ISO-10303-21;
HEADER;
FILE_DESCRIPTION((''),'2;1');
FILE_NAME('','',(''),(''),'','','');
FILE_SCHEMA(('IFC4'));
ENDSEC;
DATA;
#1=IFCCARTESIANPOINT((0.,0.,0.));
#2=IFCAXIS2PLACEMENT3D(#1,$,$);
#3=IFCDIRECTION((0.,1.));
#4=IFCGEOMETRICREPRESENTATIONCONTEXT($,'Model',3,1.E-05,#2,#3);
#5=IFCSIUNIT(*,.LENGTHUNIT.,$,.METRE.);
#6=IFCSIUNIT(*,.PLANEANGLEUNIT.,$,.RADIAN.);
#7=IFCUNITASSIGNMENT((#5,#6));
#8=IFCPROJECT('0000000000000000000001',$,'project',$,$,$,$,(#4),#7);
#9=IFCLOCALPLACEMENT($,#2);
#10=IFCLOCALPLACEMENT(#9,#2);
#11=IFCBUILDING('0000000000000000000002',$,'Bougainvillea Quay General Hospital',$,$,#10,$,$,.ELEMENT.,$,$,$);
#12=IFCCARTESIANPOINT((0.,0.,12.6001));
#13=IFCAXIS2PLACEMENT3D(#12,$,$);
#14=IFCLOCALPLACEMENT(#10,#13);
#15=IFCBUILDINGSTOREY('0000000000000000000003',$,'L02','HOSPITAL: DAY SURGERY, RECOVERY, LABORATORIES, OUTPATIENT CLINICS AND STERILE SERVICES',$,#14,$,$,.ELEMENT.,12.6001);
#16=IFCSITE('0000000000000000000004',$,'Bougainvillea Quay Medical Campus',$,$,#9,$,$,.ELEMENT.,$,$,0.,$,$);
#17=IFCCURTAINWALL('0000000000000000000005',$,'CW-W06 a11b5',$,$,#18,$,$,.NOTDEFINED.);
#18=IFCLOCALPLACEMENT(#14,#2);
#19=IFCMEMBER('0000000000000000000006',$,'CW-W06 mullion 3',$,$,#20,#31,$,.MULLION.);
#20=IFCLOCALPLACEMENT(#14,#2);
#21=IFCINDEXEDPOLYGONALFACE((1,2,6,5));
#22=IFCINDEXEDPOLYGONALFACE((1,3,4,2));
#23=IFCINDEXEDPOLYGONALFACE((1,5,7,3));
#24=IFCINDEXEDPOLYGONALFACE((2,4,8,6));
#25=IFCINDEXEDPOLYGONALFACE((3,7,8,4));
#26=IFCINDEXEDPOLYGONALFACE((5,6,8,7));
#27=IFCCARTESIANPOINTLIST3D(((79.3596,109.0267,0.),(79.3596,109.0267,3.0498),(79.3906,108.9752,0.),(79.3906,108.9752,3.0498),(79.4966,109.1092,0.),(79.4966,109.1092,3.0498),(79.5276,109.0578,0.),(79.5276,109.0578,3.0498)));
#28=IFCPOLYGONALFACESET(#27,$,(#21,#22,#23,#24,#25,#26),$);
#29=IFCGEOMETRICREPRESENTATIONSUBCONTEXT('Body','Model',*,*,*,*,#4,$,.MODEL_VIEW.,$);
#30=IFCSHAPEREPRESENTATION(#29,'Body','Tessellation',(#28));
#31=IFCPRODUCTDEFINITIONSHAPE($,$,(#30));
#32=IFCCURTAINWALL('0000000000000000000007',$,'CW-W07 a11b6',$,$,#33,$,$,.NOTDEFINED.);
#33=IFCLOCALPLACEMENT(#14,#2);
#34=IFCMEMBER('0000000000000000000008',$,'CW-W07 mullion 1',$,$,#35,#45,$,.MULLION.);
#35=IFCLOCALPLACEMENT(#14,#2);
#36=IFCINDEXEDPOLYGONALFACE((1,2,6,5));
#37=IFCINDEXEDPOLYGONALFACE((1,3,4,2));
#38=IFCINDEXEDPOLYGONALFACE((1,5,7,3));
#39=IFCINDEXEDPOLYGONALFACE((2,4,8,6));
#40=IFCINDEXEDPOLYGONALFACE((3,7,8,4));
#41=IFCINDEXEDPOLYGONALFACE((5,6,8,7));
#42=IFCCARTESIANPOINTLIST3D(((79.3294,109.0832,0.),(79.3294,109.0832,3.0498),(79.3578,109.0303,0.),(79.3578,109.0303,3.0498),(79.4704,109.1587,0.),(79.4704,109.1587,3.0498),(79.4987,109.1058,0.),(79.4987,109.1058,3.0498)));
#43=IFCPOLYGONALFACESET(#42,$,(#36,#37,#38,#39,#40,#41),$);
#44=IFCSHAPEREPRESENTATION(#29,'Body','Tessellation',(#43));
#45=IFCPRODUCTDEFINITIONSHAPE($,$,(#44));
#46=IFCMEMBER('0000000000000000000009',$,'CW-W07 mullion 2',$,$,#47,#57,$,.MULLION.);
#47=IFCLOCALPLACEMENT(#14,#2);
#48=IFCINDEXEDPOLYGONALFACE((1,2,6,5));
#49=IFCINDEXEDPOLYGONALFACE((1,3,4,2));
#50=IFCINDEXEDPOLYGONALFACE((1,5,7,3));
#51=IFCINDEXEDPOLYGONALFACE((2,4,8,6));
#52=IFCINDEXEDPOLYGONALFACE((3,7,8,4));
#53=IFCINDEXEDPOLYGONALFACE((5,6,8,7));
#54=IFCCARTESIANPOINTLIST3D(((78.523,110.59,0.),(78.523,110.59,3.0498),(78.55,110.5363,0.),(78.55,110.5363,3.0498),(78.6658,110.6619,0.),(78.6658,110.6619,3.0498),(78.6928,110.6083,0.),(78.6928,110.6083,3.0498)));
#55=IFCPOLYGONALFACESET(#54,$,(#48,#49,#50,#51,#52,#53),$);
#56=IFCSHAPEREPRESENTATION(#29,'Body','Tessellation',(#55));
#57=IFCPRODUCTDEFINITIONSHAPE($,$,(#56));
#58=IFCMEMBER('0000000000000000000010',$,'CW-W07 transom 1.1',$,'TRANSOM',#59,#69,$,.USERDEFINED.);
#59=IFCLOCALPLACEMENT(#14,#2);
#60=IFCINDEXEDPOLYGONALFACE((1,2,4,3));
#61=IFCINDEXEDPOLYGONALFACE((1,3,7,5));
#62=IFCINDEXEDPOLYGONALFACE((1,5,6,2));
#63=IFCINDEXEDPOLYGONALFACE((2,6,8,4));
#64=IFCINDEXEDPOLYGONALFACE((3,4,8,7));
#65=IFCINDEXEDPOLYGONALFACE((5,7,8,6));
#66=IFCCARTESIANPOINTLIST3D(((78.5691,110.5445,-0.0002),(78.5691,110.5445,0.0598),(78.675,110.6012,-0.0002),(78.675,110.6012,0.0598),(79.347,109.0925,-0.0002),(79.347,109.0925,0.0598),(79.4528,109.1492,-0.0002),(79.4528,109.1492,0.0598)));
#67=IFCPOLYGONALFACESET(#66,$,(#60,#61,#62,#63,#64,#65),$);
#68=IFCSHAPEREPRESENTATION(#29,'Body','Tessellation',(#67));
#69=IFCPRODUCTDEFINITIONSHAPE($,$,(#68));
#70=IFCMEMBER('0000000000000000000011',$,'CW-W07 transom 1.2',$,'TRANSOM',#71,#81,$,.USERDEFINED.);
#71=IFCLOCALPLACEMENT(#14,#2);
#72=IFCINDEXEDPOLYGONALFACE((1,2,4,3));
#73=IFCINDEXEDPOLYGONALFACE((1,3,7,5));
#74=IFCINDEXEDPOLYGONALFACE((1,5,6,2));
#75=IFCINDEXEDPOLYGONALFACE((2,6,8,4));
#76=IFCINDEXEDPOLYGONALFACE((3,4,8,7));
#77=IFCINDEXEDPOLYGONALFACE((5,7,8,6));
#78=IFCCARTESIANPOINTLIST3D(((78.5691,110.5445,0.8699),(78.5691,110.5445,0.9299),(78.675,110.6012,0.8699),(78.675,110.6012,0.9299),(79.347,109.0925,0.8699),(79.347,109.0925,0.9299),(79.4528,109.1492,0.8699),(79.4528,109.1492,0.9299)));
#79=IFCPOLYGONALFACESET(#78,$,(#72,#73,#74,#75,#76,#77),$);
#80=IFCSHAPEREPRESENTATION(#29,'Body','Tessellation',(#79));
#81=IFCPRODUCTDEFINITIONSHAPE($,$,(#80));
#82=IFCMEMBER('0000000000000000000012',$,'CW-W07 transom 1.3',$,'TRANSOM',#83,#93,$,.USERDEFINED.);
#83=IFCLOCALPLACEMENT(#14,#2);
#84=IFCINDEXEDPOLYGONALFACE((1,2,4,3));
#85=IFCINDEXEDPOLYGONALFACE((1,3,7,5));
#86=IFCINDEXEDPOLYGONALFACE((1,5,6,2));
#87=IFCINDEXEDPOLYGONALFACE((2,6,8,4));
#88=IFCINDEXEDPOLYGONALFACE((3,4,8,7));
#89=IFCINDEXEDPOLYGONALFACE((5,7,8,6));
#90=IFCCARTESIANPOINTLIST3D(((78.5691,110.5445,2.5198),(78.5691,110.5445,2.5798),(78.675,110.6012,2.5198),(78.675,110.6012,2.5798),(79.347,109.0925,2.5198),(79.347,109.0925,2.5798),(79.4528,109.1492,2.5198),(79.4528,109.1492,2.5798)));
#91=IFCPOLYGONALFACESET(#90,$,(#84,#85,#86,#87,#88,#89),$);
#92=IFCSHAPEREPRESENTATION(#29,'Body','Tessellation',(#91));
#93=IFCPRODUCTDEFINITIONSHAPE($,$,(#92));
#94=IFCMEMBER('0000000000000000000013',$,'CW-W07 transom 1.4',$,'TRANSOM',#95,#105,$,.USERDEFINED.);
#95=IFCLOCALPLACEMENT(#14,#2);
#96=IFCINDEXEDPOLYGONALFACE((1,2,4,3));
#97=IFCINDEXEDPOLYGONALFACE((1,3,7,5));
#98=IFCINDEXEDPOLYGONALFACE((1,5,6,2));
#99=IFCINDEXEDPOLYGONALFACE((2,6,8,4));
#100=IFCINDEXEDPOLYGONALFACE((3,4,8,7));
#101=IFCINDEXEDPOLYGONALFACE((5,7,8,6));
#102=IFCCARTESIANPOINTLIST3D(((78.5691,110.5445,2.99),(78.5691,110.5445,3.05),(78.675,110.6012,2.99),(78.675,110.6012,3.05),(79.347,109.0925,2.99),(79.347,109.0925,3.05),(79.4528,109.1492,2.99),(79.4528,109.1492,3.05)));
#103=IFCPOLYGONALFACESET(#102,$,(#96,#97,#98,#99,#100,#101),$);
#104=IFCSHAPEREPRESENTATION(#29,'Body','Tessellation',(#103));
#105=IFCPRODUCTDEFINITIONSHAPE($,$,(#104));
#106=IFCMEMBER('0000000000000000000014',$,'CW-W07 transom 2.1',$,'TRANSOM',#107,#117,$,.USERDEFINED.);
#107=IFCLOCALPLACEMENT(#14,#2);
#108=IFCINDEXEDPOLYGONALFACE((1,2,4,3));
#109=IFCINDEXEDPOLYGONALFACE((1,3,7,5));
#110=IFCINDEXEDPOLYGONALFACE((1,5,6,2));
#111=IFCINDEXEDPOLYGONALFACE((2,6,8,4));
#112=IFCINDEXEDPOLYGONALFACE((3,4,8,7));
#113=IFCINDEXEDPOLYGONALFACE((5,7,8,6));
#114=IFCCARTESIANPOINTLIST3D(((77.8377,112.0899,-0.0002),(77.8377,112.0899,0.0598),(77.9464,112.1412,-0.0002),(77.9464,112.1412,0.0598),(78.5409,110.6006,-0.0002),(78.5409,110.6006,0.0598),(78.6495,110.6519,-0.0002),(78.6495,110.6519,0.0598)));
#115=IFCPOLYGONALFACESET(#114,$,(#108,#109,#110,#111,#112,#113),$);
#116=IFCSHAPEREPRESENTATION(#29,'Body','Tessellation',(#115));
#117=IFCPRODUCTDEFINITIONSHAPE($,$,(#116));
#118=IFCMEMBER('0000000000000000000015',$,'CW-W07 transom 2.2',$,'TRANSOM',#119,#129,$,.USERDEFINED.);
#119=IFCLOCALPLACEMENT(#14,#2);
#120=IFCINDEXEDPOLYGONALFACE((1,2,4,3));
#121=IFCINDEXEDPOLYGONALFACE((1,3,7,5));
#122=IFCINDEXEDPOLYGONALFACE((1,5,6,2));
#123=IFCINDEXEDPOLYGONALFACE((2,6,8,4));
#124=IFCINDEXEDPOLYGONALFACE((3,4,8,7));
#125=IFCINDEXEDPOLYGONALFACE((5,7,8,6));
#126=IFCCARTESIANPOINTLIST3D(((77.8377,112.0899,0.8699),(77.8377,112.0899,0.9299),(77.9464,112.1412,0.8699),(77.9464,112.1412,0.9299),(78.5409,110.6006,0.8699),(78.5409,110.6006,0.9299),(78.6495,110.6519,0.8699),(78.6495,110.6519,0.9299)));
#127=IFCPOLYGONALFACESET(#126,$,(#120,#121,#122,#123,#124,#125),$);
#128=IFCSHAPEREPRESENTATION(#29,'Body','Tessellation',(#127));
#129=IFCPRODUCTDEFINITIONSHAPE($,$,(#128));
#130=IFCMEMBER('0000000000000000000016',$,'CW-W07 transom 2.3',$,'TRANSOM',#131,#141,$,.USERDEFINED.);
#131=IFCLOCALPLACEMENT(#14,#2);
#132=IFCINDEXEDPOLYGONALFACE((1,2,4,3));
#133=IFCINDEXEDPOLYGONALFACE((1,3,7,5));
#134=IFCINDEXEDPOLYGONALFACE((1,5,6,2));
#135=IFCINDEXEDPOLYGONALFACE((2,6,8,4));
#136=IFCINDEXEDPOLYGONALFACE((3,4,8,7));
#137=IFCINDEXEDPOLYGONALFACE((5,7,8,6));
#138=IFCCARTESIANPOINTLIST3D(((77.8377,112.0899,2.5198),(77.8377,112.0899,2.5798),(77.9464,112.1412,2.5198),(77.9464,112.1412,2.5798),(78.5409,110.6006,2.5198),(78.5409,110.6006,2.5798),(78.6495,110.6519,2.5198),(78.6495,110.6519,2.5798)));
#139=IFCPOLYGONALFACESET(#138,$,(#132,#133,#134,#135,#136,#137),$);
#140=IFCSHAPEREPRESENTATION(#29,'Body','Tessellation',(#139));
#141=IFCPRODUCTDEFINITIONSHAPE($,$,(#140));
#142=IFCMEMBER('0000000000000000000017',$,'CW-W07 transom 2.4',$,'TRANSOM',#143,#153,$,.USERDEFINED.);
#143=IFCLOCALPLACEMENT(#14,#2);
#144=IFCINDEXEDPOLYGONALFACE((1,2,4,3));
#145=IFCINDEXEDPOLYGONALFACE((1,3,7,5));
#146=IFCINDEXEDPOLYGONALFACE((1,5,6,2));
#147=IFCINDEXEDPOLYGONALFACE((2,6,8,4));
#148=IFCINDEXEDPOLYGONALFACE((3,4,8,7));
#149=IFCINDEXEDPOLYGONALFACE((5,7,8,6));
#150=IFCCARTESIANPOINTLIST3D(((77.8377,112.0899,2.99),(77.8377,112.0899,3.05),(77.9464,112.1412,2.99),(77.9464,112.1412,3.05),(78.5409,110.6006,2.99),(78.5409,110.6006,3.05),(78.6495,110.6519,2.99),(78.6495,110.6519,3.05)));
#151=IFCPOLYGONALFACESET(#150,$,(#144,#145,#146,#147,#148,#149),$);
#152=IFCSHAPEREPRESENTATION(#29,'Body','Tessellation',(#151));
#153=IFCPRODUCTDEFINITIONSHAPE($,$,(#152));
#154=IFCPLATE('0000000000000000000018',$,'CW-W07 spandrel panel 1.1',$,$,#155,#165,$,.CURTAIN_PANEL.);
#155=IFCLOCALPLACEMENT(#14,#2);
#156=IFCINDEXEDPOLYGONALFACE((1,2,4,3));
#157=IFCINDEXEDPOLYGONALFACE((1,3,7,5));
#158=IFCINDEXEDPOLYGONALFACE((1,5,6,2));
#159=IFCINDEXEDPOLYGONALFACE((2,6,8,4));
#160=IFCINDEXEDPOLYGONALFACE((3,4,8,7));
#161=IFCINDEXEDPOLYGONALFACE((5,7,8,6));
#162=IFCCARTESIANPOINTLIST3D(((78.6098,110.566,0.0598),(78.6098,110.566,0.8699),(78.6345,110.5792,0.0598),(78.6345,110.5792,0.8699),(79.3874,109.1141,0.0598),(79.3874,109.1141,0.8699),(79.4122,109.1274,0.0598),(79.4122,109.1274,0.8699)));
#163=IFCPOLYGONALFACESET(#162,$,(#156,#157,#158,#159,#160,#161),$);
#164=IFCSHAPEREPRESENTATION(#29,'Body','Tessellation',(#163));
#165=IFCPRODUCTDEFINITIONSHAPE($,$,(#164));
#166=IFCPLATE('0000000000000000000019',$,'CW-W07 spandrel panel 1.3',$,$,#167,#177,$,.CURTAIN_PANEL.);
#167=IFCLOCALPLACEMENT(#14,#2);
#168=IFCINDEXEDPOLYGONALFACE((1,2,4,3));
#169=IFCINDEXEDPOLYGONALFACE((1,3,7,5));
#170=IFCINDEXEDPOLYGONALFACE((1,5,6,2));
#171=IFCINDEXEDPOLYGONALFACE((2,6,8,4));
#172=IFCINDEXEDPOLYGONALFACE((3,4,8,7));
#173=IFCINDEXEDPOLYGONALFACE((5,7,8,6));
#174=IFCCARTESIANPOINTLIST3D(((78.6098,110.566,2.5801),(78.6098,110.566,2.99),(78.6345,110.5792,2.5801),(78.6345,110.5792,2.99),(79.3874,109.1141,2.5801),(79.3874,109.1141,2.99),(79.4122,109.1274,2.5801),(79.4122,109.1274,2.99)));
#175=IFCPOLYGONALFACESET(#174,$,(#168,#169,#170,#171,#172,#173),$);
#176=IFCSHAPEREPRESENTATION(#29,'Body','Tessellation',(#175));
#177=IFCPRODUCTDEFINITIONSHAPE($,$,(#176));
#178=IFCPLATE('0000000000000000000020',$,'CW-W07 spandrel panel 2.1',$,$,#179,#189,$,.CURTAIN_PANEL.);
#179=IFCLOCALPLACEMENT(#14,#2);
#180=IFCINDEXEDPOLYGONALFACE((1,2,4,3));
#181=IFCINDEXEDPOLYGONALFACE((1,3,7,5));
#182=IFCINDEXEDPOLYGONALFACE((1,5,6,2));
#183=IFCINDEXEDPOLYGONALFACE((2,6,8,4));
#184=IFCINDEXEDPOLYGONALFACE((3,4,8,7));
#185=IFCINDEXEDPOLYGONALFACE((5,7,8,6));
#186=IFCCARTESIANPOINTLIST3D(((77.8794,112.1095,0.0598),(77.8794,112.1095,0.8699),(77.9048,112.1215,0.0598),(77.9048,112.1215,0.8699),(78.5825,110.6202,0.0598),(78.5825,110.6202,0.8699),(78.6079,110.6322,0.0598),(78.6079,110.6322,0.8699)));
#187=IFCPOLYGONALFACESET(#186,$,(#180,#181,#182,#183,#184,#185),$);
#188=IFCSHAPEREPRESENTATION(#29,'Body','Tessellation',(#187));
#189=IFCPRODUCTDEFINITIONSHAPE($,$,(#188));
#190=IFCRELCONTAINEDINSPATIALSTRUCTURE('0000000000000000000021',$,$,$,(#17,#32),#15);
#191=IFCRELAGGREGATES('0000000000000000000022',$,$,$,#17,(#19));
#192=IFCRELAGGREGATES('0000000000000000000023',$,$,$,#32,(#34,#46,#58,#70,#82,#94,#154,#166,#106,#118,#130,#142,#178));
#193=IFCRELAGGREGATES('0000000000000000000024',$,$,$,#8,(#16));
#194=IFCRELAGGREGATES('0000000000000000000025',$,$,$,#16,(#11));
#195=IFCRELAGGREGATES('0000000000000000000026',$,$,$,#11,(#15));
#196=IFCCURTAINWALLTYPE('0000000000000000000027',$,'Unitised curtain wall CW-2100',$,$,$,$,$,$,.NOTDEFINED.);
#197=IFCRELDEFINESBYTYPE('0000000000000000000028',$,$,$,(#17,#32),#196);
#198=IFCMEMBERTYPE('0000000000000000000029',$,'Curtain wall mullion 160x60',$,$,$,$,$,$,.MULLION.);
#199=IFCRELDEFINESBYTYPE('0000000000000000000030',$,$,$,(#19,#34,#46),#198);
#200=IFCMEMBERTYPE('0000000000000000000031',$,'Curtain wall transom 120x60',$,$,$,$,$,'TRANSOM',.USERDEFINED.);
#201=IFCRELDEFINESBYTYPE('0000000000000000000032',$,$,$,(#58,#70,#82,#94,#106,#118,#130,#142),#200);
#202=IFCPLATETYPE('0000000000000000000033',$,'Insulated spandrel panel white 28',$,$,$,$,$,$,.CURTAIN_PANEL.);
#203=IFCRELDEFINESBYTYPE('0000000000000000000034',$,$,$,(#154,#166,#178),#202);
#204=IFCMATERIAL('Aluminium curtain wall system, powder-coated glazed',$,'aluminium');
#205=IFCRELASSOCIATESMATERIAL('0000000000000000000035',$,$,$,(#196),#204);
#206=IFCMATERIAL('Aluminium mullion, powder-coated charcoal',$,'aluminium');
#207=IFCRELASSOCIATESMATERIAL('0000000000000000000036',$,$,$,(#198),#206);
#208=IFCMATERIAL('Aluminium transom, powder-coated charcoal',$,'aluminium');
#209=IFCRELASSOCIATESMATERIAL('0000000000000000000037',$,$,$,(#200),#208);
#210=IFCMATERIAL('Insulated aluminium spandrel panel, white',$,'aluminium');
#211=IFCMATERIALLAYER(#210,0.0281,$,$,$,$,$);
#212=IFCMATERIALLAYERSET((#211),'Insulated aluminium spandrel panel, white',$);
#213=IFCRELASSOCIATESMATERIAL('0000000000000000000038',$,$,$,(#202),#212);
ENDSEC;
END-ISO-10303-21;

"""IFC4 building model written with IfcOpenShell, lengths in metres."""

from ifc_helpers import new_model, si_unit, direction, frame, origin, origin_2d, place, context, subcontext, project, spatial, rectangle, extrude, material, layer, layer_set, material_profile, profile_set, type_object, element, aggregate, save


model = new_model("IFC4")

# Units and contexts
model_context = context("Model", 3, precision=1e-05, world=origin(), true_north=direction((0.0, 1.0)))
body_context = subcontext(model_context, "Body", "Model", "MODEL_VIEW")
ifc_project = project(units=[si_unit("LENGTHUNIT", "METRE"), si_unit("PLANEANGLEUNIT", "RADIAN")], contexts=[model_context])

# Site, building, storey
site_placement = place(None, origin())
site = spatial("IfcSite", under=ifc_project, at=site_placement, Name="Bougainvillea Quay Medical Campus", CompositionType="ELEMENT", RefElevation=0.0)
building_placement = place(site_placement, origin())
building = spatial("IfcBuilding", under=site, at=building_placement, Name="Bougainvillea Quay General Hospital", CompositionType="ELEMENT")
storey_placement = place(building_placement, frame((0.0, 0.0, 12.6001)))
storey = spatial("IfcBuildingStorey", under=building, at=storey_placement, Name="L02", Description="HOSPITAL: DAY SURGERY, RECOVERY, LABORATORIES, OUTPATIENT CLINICS AND STERILE SERVICES", CompositionType="ELEMENT", Elevation=12.6001)

# Curtain wall, member
ifc_material_1 = material(Name="Aluminium curtain wall system, powder-coated glazed", Category="aluminium")
curtain_wall_type = type_object("IfcCurtainWallType", Name="Unitised curtain wall CW-2100", PredefinedType="NOTDEFINED", material=ifc_material_1)
curtain_wall_1_placement = place(storey_placement, origin())
curtain_wall_1 = element("IfcCurtainWall", 1, at=curtain_wall_1_placement, inside=storey, type_object=curtain_wall_type, Name="CW-W06 a11b5", PredefinedType="NOTDEFINED")
ifc_material_2 = material(Name="Aluminium mullion, powder-coated charcoal", Category="aluminium")
ifc_material_profile_1 = material_profile(ifc_material_2, rectangle(XDim=0.1599, YDim=0.0601, at=origin_2d()))
ifc_profile_set_1 = profile_set([ifc_material_profile_1], Name="Aluminium mullion, powder-coated charcoal")
member_type_1 = type_object("IfcMemberType", Name="Curtain wall mullion 160x60", PredefinedType="MULLION", material=ifc_profile_set_1)
member_1_placement = place(storey_placement, frame((79.4436, 109.0422, 0.0), z_axis=(0.0, 0.0, 1.0), x_axis=(-0.856438, -0.516249, 0.0)))
member_1 = element("IfcMember", 2, at=member_1_placement, type_object=member_type_1, Name="CW-W06 mullion 3", PredefinedType="MULLION", context=body_context, shape_type="SweptSolid", body=[
    extrude(rectangle(XDim=0.1599, YDim=0.0601, at=origin_2d()), origin(), (0.0, 0.0, 1.0), 3.0498),
])
aggregate(curtain_wall_1, [member_1])

# Curtain wall, members, plates
curtain_wall_2_placement = place(storey_placement, origin())
curtain_wall_2 = element("IfcCurtainWall", 3, at=curtain_wall_2_placement, inside=storey, type_object=curtain_wall_type, Name="CW-W07 a11b6", PredefinedType="NOTDEFINED")
member_2_placement = place(storey_placement, frame((79.4141, 109.0945, 0.0), z_axis=(0.0, 0.0, 1.0), x_axis=(-0.88151, -0.472166, 0.0)))
member_2 = element("IfcMember", 4, at=member_2_placement, type_object=member_type_1, Name="CW-W07 mullion 1", PredefinedType="MULLION", context=body_context, shape_type="SweptSolid", body=[
    extrude(rectangle(XDim=0.1599, YDim=0.0601, at=origin_2d()), origin(), (0.0, 0.0, 1.0), 3.0498),
])
member_3_placement = place(storey_placement, frame((78.6079, 110.5991, 0.0), z_axis=(0.0, 0.0, 1.0), x_axis=(-0.893199, -0.449662, 0.0)))
member_3 = element("IfcMember", 5, at=member_3_placement, type_object=member_type_1, Name="CW-W07 mullion 2", PredefinedType="MULLION", context=body_context, shape_type="SweptSolid", body=[
    extrude(rectangle(XDim=0.1599, YDim=0.0601, at=origin_2d()), origin(), (0.0, 0.0, 1.0), 3.0498),
])
ifc_material_3 = material(Name="Aluminium transom, powder-coated charcoal", Category="aluminium")
ifc_material_profile_2 = material_profile(ifc_material_3, rectangle(XDim=0.1201, YDim=0.0601, at=origin_2d()))
ifc_profile_set_2 = profile_set([ifc_material_profile_2], Name="Aluminium transom, powder-coated charcoal")
member_type_2 = type_object("IfcMemberType", Name="Curtain wall transom 120x60", ElementType="TRANSOM", PredefinedType="USERDEFINED", material=ifc_profile_set_2)
member_4_placement = place(storey_placement, frame((79.3999, 109.1208, 0.0298), z_axis=(-0.472234, 0.881473, 0.0), x_axis=(-0.881473, -0.472234, 0.0)))
member_4 = element("IfcMember", 6, at=member_4_placement, type_object=member_type_2, Name="CW-W07 transom 1.1", ObjectType="TRANSOM", PredefinedType="USERDEFINED", context=body_context, shape_type="SweptSolid", body=[
    extrude(rectangle(XDim=0.1201, YDim=0.0601, at=origin_2d()), origin(), (0.0, 0.0, 1.0), 1.6472),
])
member_5_placement = place(storey_placement, frame((79.3999, 109.1208, 0.8999), z_axis=(-0.472234, 0.881473, 0.0), x_axis=(-0.881473, -0.472234, 0.0)))
member_5 = element("IfcMember", 7, at=member_5_placement, type_object=member_type_2, Name="CW-W07 transom 1.2", ObjectType="TRANSOM", PredefinedType="USERDEFINED", context=body_context, shape_type="SweptSolid", body=[
    extrude(rectangle(XDim=0.1201, YDim=0.0601, at=origin_2d()), origin(), (0.0, 0.0, 1.0), 1.6472),
])
member_6_placement = place(storey_placement, frame((79.3999, 109.1208, 2.5498), z_axis=(-0.472234, 0.881473, 0.0), x_axis=(-0.881473, -0.472234, 0.0)))
member_6 = element("IfcMember", 8, at=member_6_placement, type_object=member_type_2, Name="CW-W07 transom 1.3", ObjectType="TRANSOM", PredefinedType="USERDEFINED", context=body_context, shape_type="SweptSolid", body=[
    extrude(rectangle(XDim=0.1201, YDim=0.0601, at=origin_2d()), origin(), (0.0, 0.0, 1.0), 1.6472),
])
member_7_placement = place(storey_placement, frame((79.3999, 109.1208, 3.02), z_axis=(-0.472234, 0.881473, 0.0), x_axis=(-0.881473, -0.472234, 0.0)))
member_7 = element("IfcMember", 9, at=member_7_placement, type_object=member_type_2, Name="CW-W07 transom 1.4", ObjectType="TRANSOM", PredefinedType="USERDEFINED", context=body_context, shape_type="SweptSolid", body=[
    extrude(rectangle(XDim=0.1201, YDim=0.0601, at=origin_2d()), origin(), (0.0, 0.0, 1.0), 1.6472),
])
member_8_placement = place(storey_placement, frame((78.5952, 110.6262, 0.0298), z_axis=(-0.426939, 0.90428, 0.0), x_axis=(-0.90428, -0.426939, 0.0)))
member_8 = element("IfcMember", 10, at=member_8_placement, type_object=member_type_2, Name="CW-W07 transom 2.1", ObjectType="TRANSOM", PredefinedType="USERDEFINED", context=body_context, shape_type="SweptSolid", body=[
    extrude(rectangle(XDim=0.1201, YDim=0.0601, at=origin_2d()), origin(), (0.0, 0.0, 1.0), 1.647),
])
member_9_placement = place(storey_placement, frame((78.5952, 110.6262, 0.8999), z_axis=(-0.426939, 0.90428, 0.0), x_axis=(-0.90428, -0.426939, 0.0)))
member_9 = element("IfcMember", 11, at=member_9_placement, type_object=member_type_2, Name="CW-W07 transom 2.2", ObjectType="TRANSOM", PredefinedType="USERDEFINED", context=body_context, shape_type="SweptSolid", body=[
    extrude(rectangle(XDim=0.1201, YDim=0.0601, at=origin_2d()), origin(), (0.0, 0.0, 1.0), 1.647),
])
member_10_placement = place(storey_placement, frame((78.5952, 110.6262, 2.5498), z_axis=(-0.426939, 0.90428, 0.0), x_axis=(-0.90428, -0.426939, 0.0)))
member_10 = element("IfcMember", 12, at=member_10_placement, type_object=member_type_2, Name="CW-W07 transom 2.3", ObjectType="TRANSOM", PredefinedType="USERDEFINED", context=body_context, shape_type="SweptSolid", body=[
    extrude(rectangle(XDim=0.1201, YDim=0.0601, at=origin_2d()), origin(), (0.0, 0.0, 1.0), 1.647),
])
member_11_placement = place(storey_placement, frame((78.5952, 110.6262, 3.02), z_axis=(-0.426939, 0.90428, 0.0), x_axis=(-0.90428, -0.426939, 0.0)))
member_11 = element("IfcMember", 13, at=member_11_placement, type_object=member_type_2, Name="CW-W07 transom 2.4", ObjectType="TRANSOM", PredefinedType="USERDEFINED", context=body_context, shape_type="SweptSolid", body=[
    extrude(rectangle(XDim=0.1201, YDim=0.0601, at=origin_2d()), origin(), (0.0, 0.0, 1.0), 1.647),
])
ifc_material_4 = material(Name="Insulated aluminium spandrel panel, white", Category="aluminium")
ifc_layer_1 = layer(ifc_material_4, 0.0281)
ifc_layer_set_1 = layer_set([ifc_layer_1], Name="Insulated aluminium spandrel panel, white")
plate_type_1 = type_object("IfcPlateType", Name="Insulated spandrel panel white 28", PredefinedType="CURTAIN_PANEL", material=ifc_layer_set_1)
plate_1_placement = place(storey_placement, frame((79.011, 109.8467, 0.0598), z_axis=(0.0, 0.0, 1.0), x_axis=(-0.472166, 0.88151, 0.0)))
plate_1 = element("IfcPlate", 14, at=plate_1_placement, type_object=plate_type_1, Name="CW-W07 spandrel panel 1.1", PredefinedType="CURTAIN_PANEL", context=body_context, shape_type="SweptSolid", body=[
    extrude(rectangle(XDim=1.647, YDim=0.0281, at=origin_2d()), origin(), (0.0, 0.0, 1.0), 0.8101),
])
plate_2_placement = place(storey_placement, frame((79.011, 109.8467, 2.5801), z_axis=(0.0, 0.0, 1.0), x_axis=(-0.472166, 0.88151, 0.0)))
plate_2 = element("IfcPlate", 15, at=plate_2_placement, type_object=plate_type_1, Name="CW-W07 spandrel panel 1.3", PredefinedType="CURTAIN_PANEL", context=body_context, shape_type="SweptSolid", body=[
    extrude(rectangle(XDim=1.647, YDim=0.0281, at=origin_2d()), origin(), (0.0, 0.0, 1.0), 0.4099),
])
plate_3_placement = place(storey_placement, frame((78.2437, 111.3708, 0.0598), z_axis=(0.0, 0.0, 1.0), x_axis=(-0.426869, 0.904314, 0.0)))
plate_3 = element("IfcPlate", 16, at=plate_3_placement, type_object=plate_type_1, Name="CW-W07 spandrel panel 2.1", PredefinedType="CURTAIN_PANEL", context=body_context, shape_type="SweptSolid", body=[
    extrude(rectangle(XDim=1.647, YDim=0.0281, at=origin_2d()), origin(), (0.0, 0.0, 1.0), 0.8101),
])
aggregate(curtain_wall_2, [member_2, member_3, member_4, member_5, member_6, member_7, plate_1, plate_2, member_8, member_9, member_10, member_11, plate_3])

save(model, "model.ifc")
